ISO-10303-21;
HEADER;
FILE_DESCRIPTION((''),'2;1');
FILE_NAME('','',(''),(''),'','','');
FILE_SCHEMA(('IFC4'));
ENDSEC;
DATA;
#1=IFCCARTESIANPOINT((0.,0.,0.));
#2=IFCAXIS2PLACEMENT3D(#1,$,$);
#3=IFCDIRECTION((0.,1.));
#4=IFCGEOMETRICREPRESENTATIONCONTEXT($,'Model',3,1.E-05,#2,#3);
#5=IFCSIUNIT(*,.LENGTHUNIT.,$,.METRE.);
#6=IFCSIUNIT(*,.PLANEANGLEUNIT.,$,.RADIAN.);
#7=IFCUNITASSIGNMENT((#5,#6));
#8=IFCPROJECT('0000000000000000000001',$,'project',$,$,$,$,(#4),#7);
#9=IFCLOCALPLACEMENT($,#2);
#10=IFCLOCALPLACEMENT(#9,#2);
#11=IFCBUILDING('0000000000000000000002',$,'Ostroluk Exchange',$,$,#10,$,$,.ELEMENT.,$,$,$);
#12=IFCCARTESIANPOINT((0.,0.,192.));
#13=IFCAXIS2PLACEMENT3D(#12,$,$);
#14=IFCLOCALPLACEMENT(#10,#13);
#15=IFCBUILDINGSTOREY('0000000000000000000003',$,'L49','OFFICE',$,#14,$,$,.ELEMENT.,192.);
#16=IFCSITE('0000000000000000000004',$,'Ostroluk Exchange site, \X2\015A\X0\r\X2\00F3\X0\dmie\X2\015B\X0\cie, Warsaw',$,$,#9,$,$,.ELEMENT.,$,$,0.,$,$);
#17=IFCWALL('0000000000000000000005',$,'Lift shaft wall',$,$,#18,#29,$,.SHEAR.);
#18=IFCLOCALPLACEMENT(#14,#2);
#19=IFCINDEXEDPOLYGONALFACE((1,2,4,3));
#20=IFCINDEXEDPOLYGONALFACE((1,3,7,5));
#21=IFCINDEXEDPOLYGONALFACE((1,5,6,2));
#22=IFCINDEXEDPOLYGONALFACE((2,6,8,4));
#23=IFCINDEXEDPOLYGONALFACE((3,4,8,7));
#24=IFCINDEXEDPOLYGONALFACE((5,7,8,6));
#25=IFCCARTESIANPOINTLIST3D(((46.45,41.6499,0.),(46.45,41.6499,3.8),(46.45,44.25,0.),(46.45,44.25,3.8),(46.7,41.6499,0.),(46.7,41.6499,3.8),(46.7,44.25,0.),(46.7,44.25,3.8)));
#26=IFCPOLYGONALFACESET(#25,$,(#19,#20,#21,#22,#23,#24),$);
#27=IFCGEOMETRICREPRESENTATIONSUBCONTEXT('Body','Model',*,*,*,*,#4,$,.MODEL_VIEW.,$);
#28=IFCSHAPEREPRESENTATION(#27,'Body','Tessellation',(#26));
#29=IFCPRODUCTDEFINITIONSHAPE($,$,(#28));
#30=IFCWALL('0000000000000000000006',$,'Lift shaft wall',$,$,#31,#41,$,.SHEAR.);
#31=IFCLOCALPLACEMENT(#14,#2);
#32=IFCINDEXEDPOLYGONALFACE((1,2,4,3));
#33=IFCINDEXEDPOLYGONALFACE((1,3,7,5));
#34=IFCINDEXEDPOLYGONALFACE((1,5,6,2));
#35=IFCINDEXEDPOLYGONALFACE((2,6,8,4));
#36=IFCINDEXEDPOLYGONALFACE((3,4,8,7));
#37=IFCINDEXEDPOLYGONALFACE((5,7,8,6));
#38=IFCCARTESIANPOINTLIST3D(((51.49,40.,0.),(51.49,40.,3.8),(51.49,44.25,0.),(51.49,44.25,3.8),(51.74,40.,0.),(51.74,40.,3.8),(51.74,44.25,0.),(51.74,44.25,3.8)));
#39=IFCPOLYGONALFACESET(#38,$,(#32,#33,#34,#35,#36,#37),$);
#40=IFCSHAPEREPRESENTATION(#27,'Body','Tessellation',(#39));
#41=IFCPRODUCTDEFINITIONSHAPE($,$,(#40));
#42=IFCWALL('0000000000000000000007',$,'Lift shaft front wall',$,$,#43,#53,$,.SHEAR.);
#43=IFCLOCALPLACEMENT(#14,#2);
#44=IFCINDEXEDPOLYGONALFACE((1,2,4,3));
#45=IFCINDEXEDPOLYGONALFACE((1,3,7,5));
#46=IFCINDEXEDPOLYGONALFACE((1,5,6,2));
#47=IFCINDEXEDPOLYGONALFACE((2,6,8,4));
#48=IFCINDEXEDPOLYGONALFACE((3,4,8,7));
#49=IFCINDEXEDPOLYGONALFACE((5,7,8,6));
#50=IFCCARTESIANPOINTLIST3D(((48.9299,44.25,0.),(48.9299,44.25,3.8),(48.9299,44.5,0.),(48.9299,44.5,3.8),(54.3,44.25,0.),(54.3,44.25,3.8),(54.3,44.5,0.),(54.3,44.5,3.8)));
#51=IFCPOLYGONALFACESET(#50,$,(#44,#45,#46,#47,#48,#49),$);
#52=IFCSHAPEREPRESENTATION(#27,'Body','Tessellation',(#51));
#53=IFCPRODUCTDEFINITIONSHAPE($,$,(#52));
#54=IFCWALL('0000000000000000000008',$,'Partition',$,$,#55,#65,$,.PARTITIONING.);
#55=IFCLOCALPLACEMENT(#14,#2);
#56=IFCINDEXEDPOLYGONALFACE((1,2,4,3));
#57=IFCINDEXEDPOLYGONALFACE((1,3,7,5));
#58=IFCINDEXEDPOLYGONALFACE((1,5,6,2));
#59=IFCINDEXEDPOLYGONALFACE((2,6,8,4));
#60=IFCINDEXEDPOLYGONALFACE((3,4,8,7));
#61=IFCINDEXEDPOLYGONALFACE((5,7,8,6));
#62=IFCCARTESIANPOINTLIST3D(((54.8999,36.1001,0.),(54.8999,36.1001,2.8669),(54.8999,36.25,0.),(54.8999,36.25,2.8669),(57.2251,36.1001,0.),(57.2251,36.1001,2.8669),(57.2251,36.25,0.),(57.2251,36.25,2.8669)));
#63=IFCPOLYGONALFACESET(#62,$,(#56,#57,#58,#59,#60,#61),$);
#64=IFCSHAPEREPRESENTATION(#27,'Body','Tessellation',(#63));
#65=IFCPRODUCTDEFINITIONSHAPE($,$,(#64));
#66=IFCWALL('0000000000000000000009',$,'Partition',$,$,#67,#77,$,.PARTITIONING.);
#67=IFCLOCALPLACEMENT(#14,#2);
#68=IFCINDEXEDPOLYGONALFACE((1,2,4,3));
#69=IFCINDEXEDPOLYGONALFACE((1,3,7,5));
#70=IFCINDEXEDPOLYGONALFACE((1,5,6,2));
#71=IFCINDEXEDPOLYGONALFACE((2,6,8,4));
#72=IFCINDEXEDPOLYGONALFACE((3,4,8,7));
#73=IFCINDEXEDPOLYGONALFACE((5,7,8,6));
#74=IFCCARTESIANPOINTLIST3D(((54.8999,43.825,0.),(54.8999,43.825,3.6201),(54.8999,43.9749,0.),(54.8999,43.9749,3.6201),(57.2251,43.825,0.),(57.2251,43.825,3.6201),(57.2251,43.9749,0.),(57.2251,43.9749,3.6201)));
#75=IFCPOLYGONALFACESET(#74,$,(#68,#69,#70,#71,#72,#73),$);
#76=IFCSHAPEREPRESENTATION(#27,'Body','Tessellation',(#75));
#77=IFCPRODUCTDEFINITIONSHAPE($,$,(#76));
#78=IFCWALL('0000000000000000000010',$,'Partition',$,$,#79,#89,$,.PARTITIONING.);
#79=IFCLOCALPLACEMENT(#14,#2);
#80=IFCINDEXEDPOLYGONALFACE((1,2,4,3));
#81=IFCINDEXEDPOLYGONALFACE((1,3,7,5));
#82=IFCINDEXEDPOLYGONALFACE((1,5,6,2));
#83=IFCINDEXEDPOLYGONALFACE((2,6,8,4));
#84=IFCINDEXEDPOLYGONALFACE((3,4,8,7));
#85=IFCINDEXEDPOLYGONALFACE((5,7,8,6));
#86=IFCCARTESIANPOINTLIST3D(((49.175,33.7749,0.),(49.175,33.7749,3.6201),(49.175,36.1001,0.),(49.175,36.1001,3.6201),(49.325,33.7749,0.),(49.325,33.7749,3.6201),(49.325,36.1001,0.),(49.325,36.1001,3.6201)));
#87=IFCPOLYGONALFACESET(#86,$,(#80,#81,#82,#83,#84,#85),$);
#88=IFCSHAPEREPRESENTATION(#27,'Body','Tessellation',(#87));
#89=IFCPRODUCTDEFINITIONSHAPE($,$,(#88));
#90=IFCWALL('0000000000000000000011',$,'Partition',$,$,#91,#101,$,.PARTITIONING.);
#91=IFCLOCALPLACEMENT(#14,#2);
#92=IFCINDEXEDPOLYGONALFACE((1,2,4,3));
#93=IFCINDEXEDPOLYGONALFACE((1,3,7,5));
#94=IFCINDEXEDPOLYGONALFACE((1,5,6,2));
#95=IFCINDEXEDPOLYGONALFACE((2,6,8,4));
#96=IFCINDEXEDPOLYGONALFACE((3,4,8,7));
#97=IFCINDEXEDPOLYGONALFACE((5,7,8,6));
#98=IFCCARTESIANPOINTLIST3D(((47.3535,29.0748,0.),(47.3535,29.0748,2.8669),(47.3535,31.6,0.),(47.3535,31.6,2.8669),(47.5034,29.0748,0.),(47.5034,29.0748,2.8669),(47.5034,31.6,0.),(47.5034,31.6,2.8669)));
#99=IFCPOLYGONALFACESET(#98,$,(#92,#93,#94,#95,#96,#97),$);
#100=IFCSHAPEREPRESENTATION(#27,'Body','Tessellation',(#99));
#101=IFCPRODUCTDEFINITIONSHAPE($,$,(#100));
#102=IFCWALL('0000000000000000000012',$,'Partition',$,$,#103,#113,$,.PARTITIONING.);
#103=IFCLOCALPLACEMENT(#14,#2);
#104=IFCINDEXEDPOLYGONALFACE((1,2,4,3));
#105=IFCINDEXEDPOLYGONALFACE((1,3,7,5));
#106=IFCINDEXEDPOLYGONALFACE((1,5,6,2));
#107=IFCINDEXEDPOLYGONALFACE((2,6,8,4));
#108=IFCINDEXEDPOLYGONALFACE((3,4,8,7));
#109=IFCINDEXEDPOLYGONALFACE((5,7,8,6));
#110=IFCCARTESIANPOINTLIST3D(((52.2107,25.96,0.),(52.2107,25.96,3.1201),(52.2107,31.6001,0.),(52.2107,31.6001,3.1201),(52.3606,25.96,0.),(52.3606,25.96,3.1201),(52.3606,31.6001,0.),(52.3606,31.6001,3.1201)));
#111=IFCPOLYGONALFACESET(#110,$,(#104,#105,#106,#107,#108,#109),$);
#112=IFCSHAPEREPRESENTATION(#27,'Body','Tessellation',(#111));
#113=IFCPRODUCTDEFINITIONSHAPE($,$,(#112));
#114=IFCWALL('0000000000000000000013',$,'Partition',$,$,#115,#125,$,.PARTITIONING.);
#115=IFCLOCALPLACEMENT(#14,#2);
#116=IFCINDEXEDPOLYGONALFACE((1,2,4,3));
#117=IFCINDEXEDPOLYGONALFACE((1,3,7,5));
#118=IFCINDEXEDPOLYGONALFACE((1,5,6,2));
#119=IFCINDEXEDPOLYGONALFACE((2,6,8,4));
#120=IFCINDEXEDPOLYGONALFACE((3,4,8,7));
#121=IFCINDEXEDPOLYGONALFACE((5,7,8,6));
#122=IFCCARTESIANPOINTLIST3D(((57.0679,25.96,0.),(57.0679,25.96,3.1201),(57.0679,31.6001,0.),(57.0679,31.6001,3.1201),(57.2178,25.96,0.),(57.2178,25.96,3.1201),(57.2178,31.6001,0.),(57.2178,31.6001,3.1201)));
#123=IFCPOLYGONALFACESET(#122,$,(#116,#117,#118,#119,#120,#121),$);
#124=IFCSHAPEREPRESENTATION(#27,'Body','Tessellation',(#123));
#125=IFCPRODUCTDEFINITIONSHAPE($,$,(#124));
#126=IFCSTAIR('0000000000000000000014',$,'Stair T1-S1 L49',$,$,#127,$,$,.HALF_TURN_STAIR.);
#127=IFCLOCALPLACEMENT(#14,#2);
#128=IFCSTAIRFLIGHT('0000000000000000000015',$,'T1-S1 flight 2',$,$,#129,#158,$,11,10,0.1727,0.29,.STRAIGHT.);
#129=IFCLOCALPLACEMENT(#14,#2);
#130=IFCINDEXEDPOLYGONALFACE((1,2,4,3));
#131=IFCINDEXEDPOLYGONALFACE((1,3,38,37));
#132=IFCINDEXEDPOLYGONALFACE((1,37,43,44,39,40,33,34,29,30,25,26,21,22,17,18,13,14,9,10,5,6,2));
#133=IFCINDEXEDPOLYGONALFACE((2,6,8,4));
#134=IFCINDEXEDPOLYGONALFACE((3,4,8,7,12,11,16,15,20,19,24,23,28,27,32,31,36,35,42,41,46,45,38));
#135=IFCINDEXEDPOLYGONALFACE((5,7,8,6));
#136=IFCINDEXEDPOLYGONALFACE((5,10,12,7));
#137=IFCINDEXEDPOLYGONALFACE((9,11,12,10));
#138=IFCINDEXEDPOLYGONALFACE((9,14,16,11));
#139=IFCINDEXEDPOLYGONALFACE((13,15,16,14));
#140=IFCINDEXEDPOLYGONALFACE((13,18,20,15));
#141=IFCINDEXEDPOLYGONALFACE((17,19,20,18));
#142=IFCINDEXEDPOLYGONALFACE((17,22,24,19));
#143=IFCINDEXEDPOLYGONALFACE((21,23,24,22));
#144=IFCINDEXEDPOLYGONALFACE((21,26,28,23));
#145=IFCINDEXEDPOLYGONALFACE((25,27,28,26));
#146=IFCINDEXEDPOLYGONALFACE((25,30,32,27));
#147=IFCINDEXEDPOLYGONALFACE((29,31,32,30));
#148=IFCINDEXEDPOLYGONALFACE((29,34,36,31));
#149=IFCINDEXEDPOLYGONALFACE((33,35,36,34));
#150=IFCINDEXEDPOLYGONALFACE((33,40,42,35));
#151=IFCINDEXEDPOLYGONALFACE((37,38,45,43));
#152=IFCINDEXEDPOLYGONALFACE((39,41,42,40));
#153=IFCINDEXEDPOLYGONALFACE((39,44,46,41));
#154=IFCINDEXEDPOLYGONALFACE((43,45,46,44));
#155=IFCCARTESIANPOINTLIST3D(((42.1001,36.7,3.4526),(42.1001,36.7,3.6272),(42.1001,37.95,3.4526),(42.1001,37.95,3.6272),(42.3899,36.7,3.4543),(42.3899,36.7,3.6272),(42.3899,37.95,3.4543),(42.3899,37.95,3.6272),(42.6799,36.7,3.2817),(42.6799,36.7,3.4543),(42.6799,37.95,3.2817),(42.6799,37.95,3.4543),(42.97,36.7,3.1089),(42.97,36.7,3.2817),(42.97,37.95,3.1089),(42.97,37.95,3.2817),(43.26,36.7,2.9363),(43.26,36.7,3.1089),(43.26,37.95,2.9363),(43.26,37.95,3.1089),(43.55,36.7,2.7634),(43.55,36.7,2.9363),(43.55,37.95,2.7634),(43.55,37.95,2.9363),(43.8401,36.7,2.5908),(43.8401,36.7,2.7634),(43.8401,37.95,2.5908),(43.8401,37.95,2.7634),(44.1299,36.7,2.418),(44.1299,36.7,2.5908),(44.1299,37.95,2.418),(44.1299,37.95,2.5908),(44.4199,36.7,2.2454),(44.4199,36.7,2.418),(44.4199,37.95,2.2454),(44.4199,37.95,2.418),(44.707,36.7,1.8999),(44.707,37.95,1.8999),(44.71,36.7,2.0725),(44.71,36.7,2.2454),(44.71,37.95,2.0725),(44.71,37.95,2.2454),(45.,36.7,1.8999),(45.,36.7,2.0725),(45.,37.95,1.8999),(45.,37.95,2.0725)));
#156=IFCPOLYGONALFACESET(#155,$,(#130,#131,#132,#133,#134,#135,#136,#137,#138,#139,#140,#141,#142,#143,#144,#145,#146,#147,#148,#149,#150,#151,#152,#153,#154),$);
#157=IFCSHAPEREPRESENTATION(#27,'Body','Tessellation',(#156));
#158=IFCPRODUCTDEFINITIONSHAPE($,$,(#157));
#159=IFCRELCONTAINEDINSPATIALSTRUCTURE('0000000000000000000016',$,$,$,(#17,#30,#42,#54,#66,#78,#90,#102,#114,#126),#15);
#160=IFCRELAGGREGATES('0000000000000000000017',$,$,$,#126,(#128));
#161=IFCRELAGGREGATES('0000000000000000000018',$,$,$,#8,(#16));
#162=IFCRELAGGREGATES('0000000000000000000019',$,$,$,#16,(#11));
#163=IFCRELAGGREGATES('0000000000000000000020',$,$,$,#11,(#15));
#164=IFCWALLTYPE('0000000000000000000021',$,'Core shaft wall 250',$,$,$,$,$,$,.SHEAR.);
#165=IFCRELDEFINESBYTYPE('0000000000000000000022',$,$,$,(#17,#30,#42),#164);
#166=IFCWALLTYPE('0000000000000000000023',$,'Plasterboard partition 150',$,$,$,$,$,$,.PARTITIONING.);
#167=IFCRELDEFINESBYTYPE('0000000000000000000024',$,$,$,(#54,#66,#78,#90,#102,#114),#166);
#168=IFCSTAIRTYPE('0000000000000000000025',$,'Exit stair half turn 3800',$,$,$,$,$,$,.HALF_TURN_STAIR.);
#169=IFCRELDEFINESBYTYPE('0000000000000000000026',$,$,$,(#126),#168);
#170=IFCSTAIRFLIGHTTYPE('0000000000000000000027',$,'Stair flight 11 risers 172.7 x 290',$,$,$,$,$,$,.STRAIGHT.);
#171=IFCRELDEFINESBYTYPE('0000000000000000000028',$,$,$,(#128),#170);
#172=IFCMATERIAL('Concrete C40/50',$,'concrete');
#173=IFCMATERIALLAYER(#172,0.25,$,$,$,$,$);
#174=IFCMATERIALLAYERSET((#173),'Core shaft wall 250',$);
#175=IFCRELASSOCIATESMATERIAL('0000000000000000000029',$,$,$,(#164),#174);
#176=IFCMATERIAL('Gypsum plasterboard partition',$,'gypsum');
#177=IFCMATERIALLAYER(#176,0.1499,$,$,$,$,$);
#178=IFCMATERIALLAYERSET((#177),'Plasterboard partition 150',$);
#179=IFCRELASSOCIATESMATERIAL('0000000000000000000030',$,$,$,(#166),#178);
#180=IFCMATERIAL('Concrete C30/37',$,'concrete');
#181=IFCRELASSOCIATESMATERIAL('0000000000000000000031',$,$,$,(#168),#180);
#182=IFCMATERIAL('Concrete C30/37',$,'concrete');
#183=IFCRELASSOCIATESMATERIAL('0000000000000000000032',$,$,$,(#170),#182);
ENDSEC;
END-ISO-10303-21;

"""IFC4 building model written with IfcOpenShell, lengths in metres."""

from ifc_helpers import new_model, si_unit, direction, frame, frame_2d, origin, place, context, subcontext, project, spatial, polyline, rectangle, outline, extrude, material, layer, layer_set, type_object, element, aggregate, save


model = new_model("IFC4")

# Units and contexts
model_context = context("Model", 3, precision=1e-05, world=origin(), true_north=direction((0.0, 1.0)))
body_context = subcontext(model_context, "Body", "Model", "MODEL_VIEW")
ifc_project = project(units=[si_unit("LENGTHUNIT", "METRE"), si_unit("PLANEANGLEUNIT", "RADIAN")], contexts=[model_context])

# Site, building, storey
site_placement = place(None, origin())
site = spatial("IfcSite", under=ifc_project, at=site_placement, Name="Ostroluk Exchange site, Śródmieście, Warsaw", CompositionType="ELEMENT", RefElevation=0.0)
building_placement = place(site_placement, origin())
building = spatial("IfcBuilding", under=site, at=building_placement, Name="Ostroluk Exchange", CompositionType="ELEMENT")
storey_placement = place(building_placement, frame((0.0, 0.0, 192.0)))
storey = spatial("IfcBuildingStorey", under=building, at=storey_placement, Name="L49", Description="OFFICE", CompositionType="ELEMENT", Elevation=192.0)

# Shared definitions
ifc_material_1 = material(Name="Concrete C40/50", Category="concrete")
ifc_layer_1 = layer(ifc_material_1, 0.25)
ifc_layer_set_1 = layer_set([ifc_layer_1], Name="Core shaft wall 250")
wall_type_1 = type_object("IfcWallType", Name="Core shaft wall 250", PredefinedType="SHEAR", material=ifc_layer_set_1)

# Walls
for number, where, z_axis, x_axis, name in (
    (1, (46.575, 44.25, 0.0), (0.0, 0.0, 1.0), (0.0, -1.0, 0.0), "Lift shaft wall"),
):
    element("IfcWall", number, at=place(storey_placement, frame(where, z_axis=z_axis, x_axis=x_axis)), inside=storey, type_object=wall_type_1, Name=name, PredefinedType="SHEAR", context=body_context, shape_type="SweptSolid", body=[
        extrude(rectangle(XDim=2.6001, YDim=0.25, at=frame_2d((1.3, 0.0))), origin(), (0.0, 0.0, 1.0), 3.8),
    ])
wall_1_placement = place(storey_placement, frame((51.615, 44.25, 0.0), z_axis=(0.0, 0.0, 1.0), x_axis=(0.0, -1.0, 0.0)))
element("IfcWall", 2, at=wall_1_placement, inside=storey, type_object=wall_type_1, Name="Lift shaft wall", PredefinedType="SHEAR", context=body_context, shape_type="SweptSolid", body=[
    extrude(rectangle(XDim=4.25, YDim=0.25, at=frame_2d((2.125, 0.0))), origin(), (0.0, 0.0, 1.0), 3.8),
])
wall_2_placement = place(storey_placement, frame((48.9299, 44.375, 0.0), z_axis=(0.0, 0.0, 1.0), x_axis=(1.0, 0.0, 0.0)))
element("IfcWall", 3, at=wall_2_placement, inside=storey, type_object=wall_type_1, Name="Lift shaft front wall", PredefinedType="SHEAR", context=body_context, shape_type="SweptSolid", body=[
    extrude(rectangle(XDim=5.3701, YDim=0.25, at=frame_2d((2.6851, 0.0))), origin(), (0.0, 0.0, 1.0), 3.8),
])

# Walls
ifc_material_2 = material(Name="Gypsum plasterboard partition", Category="gypsum")
ifc_layer_2 = layer(ifc_material_2, 0.1499)
ifc_layer_set_2 = layer_set([ifc_layer_2], Name="Plasterboard partition 150")
wall_type_2 = type_object("IfcWallType", Name="Plasterboard partition 150", PredefinedType="PARTITIONING", material=ifc_layer_set_2)
wall_3_placement = place(storey_placement, frame((54.8999, 36.175, 0.0), z_axis=(0.0, 0.0, 1.0), x_axis=(1.0, 0.0, 0.0)))
element("IfcWall", 4, at=wall_3_placement, inside=storey, type_object=wall_type_2, Name="Partition", PredefinedType="PARTITIONING", context=body_context, shape_type="SweptSolid", body=[
    extrude(rectangle(XDim=2.3252, YDim=0.1499, at=frame_2d((1.1626, 0.0))), origin(), (0.0, 0.0, 1.0), 2.8669),
])
for number, where, z_axis, x_axis, name in (
    (5, (54.8999, 43.8999, 0.0), (0.0, 0.0, 1.0), (1.0, 0.0, 0.0), "Partition"),
    (6, (49.25, 36.1001, 0.0), (0.0, 0.0, 1.0), (0.0, -1.0, 0.0), "Partition"),
):
    element("IfcWall", number, at=place(storey_placement, frame(where, z_axis=z_axis, x_axis=x_axis)), inside=storey, type_object=wall_type_2, Name=name, PredefinedType="PARTITIONING", context=body_context, shape_type="SweptSolid", body=[
        extrude(rectangle(XDim=2.3252, YDim=0.1499, at=frame_2d((1.1626, 0.0))), origin(), (0.0, 0.0, 1.0), 3.6201),
    ])
wall_4_placement = place(storey_placement, frame((47.4285, 31.6001, 0.0), z_axis=(0.0, 0.0, 1.0), x_axis=(0.0, -1.0, 0.0)))
element("IfcWall", 7, at=wall_4_placement, inside=storey, type_object=wall_type_2, Name="Partition", PredefinedType="PARTITIONING", context=body_context, shape_type="SweptSolid", body=[
    extrude(rectangle(XDim=2.5251, YDim=0.1499, at=frame_2d((1.2627, 0.0))), origin(), (0.0, 0.0, 1.0), 2.8669),
])
for number, where, z_axis, x_axis, name in (
    (8, (52.2856, 31.6001, 0.0), (0.0, 0.0, 1.0), (0.0, -1.0, 0.0), "Partition"),
    (9, (57.1428, 31.6001, 0.0), (0.0, 0.0, 1.0), (0.0, -1.0, 0.0), "Partition"),
):
    element("IfcWall", number, at=place(storey_placement, frame(where, z_axis=z_axis, x_axis=x_axis)), inside=storey, type_object=wall_type_2, Name=name, PredefinedType="PARTITIONING", context=body_context, shape_type="SweptSolid", body=[
        extrude(rectangle(XDim=5.6401, YDim=0.1499, at=frame_2d((2.8201, 0.0))), origin(), (0.0, 0.0, 1.0), 3.1201),
    ])

# Stair, stair flight
ifc_material_3 = material(Name="Concrete C30/37", Category="concrete")
stair_type = type_object("IfcStairType", Name="Exit stair half turn 3800", PredefinedType="HALF_TURN_STAIR", material=ifc_material_3)
stair_placement = place(storey_placement, origin())
stair = element("IfcStair", 10, at=stair_placement, inside=storey, type_object=stair_type, Name="Stair T1-S1 L49", PredefinedType="HALF_TURN_STAIR")
ifc_material_4 = material(Name="Concrete C30/37", Category="concrete")
stair_flight_type = type_object("IfcStairFlightType", Name="Stair flight 11 risers 172.7 x 290", PredefinedType="STRAIGHT", material=ifc_material_4)
stair_flight_placement = place(storey_placement, frame((45.0, 37.325, 1.8999), z_axis=(0.0, 0.0, 1.0), x_axis=(-1.0, 0.0, 0.0)))
stair_flight = element("IfcStairFlight", 11, at=stair_flight_placement, type_object=stair_flight_type, Name="T1-S1 flight 2", NumberOfRisers=11, NumberOfTreads=10, PredefinedType="STRAIGHT", RiserHeight=0.1727, TreadLength=0.29, context=body_context, shape_type="SweptSolid", body=[
    extrude(outline(polyline([(0.0, 0.0), (0.0, 0.1726), (0.29, 0.1726), (0.29, 0.3455), (0.5801, 0.3455), (0.5801, 0.5181), (0.8701, 0.5181), (0.8701, 0.6909), (1.1599, 0.6909), (1.1599, 0.8635), (1.45, 0.8635), (1.45, 1.0364), (1.74, 1.0364), (1.74, 1.209), (2.03, 1.209), (2.03, 1.3818), (2.3201, 1.3818), (2.3201, 1.5544), (2.6101, 1.5544), (2.6101, 1.7273), (2.8999, 1.7273), (2.8999, 1.8999), (2.8999, 1.5527), (0.293, 0.0), (0.0, 0.0)])), frame((0.0, 0.625, 0.0), z_axis=(0.0, -1.0, 0.0), x_axis=(1.0, 0.0, 0.0)), (0.0, 0.0, 1.0), 1.25),
])
aggregate(stair, [stair_flight])

save(model, "model.ifc")
